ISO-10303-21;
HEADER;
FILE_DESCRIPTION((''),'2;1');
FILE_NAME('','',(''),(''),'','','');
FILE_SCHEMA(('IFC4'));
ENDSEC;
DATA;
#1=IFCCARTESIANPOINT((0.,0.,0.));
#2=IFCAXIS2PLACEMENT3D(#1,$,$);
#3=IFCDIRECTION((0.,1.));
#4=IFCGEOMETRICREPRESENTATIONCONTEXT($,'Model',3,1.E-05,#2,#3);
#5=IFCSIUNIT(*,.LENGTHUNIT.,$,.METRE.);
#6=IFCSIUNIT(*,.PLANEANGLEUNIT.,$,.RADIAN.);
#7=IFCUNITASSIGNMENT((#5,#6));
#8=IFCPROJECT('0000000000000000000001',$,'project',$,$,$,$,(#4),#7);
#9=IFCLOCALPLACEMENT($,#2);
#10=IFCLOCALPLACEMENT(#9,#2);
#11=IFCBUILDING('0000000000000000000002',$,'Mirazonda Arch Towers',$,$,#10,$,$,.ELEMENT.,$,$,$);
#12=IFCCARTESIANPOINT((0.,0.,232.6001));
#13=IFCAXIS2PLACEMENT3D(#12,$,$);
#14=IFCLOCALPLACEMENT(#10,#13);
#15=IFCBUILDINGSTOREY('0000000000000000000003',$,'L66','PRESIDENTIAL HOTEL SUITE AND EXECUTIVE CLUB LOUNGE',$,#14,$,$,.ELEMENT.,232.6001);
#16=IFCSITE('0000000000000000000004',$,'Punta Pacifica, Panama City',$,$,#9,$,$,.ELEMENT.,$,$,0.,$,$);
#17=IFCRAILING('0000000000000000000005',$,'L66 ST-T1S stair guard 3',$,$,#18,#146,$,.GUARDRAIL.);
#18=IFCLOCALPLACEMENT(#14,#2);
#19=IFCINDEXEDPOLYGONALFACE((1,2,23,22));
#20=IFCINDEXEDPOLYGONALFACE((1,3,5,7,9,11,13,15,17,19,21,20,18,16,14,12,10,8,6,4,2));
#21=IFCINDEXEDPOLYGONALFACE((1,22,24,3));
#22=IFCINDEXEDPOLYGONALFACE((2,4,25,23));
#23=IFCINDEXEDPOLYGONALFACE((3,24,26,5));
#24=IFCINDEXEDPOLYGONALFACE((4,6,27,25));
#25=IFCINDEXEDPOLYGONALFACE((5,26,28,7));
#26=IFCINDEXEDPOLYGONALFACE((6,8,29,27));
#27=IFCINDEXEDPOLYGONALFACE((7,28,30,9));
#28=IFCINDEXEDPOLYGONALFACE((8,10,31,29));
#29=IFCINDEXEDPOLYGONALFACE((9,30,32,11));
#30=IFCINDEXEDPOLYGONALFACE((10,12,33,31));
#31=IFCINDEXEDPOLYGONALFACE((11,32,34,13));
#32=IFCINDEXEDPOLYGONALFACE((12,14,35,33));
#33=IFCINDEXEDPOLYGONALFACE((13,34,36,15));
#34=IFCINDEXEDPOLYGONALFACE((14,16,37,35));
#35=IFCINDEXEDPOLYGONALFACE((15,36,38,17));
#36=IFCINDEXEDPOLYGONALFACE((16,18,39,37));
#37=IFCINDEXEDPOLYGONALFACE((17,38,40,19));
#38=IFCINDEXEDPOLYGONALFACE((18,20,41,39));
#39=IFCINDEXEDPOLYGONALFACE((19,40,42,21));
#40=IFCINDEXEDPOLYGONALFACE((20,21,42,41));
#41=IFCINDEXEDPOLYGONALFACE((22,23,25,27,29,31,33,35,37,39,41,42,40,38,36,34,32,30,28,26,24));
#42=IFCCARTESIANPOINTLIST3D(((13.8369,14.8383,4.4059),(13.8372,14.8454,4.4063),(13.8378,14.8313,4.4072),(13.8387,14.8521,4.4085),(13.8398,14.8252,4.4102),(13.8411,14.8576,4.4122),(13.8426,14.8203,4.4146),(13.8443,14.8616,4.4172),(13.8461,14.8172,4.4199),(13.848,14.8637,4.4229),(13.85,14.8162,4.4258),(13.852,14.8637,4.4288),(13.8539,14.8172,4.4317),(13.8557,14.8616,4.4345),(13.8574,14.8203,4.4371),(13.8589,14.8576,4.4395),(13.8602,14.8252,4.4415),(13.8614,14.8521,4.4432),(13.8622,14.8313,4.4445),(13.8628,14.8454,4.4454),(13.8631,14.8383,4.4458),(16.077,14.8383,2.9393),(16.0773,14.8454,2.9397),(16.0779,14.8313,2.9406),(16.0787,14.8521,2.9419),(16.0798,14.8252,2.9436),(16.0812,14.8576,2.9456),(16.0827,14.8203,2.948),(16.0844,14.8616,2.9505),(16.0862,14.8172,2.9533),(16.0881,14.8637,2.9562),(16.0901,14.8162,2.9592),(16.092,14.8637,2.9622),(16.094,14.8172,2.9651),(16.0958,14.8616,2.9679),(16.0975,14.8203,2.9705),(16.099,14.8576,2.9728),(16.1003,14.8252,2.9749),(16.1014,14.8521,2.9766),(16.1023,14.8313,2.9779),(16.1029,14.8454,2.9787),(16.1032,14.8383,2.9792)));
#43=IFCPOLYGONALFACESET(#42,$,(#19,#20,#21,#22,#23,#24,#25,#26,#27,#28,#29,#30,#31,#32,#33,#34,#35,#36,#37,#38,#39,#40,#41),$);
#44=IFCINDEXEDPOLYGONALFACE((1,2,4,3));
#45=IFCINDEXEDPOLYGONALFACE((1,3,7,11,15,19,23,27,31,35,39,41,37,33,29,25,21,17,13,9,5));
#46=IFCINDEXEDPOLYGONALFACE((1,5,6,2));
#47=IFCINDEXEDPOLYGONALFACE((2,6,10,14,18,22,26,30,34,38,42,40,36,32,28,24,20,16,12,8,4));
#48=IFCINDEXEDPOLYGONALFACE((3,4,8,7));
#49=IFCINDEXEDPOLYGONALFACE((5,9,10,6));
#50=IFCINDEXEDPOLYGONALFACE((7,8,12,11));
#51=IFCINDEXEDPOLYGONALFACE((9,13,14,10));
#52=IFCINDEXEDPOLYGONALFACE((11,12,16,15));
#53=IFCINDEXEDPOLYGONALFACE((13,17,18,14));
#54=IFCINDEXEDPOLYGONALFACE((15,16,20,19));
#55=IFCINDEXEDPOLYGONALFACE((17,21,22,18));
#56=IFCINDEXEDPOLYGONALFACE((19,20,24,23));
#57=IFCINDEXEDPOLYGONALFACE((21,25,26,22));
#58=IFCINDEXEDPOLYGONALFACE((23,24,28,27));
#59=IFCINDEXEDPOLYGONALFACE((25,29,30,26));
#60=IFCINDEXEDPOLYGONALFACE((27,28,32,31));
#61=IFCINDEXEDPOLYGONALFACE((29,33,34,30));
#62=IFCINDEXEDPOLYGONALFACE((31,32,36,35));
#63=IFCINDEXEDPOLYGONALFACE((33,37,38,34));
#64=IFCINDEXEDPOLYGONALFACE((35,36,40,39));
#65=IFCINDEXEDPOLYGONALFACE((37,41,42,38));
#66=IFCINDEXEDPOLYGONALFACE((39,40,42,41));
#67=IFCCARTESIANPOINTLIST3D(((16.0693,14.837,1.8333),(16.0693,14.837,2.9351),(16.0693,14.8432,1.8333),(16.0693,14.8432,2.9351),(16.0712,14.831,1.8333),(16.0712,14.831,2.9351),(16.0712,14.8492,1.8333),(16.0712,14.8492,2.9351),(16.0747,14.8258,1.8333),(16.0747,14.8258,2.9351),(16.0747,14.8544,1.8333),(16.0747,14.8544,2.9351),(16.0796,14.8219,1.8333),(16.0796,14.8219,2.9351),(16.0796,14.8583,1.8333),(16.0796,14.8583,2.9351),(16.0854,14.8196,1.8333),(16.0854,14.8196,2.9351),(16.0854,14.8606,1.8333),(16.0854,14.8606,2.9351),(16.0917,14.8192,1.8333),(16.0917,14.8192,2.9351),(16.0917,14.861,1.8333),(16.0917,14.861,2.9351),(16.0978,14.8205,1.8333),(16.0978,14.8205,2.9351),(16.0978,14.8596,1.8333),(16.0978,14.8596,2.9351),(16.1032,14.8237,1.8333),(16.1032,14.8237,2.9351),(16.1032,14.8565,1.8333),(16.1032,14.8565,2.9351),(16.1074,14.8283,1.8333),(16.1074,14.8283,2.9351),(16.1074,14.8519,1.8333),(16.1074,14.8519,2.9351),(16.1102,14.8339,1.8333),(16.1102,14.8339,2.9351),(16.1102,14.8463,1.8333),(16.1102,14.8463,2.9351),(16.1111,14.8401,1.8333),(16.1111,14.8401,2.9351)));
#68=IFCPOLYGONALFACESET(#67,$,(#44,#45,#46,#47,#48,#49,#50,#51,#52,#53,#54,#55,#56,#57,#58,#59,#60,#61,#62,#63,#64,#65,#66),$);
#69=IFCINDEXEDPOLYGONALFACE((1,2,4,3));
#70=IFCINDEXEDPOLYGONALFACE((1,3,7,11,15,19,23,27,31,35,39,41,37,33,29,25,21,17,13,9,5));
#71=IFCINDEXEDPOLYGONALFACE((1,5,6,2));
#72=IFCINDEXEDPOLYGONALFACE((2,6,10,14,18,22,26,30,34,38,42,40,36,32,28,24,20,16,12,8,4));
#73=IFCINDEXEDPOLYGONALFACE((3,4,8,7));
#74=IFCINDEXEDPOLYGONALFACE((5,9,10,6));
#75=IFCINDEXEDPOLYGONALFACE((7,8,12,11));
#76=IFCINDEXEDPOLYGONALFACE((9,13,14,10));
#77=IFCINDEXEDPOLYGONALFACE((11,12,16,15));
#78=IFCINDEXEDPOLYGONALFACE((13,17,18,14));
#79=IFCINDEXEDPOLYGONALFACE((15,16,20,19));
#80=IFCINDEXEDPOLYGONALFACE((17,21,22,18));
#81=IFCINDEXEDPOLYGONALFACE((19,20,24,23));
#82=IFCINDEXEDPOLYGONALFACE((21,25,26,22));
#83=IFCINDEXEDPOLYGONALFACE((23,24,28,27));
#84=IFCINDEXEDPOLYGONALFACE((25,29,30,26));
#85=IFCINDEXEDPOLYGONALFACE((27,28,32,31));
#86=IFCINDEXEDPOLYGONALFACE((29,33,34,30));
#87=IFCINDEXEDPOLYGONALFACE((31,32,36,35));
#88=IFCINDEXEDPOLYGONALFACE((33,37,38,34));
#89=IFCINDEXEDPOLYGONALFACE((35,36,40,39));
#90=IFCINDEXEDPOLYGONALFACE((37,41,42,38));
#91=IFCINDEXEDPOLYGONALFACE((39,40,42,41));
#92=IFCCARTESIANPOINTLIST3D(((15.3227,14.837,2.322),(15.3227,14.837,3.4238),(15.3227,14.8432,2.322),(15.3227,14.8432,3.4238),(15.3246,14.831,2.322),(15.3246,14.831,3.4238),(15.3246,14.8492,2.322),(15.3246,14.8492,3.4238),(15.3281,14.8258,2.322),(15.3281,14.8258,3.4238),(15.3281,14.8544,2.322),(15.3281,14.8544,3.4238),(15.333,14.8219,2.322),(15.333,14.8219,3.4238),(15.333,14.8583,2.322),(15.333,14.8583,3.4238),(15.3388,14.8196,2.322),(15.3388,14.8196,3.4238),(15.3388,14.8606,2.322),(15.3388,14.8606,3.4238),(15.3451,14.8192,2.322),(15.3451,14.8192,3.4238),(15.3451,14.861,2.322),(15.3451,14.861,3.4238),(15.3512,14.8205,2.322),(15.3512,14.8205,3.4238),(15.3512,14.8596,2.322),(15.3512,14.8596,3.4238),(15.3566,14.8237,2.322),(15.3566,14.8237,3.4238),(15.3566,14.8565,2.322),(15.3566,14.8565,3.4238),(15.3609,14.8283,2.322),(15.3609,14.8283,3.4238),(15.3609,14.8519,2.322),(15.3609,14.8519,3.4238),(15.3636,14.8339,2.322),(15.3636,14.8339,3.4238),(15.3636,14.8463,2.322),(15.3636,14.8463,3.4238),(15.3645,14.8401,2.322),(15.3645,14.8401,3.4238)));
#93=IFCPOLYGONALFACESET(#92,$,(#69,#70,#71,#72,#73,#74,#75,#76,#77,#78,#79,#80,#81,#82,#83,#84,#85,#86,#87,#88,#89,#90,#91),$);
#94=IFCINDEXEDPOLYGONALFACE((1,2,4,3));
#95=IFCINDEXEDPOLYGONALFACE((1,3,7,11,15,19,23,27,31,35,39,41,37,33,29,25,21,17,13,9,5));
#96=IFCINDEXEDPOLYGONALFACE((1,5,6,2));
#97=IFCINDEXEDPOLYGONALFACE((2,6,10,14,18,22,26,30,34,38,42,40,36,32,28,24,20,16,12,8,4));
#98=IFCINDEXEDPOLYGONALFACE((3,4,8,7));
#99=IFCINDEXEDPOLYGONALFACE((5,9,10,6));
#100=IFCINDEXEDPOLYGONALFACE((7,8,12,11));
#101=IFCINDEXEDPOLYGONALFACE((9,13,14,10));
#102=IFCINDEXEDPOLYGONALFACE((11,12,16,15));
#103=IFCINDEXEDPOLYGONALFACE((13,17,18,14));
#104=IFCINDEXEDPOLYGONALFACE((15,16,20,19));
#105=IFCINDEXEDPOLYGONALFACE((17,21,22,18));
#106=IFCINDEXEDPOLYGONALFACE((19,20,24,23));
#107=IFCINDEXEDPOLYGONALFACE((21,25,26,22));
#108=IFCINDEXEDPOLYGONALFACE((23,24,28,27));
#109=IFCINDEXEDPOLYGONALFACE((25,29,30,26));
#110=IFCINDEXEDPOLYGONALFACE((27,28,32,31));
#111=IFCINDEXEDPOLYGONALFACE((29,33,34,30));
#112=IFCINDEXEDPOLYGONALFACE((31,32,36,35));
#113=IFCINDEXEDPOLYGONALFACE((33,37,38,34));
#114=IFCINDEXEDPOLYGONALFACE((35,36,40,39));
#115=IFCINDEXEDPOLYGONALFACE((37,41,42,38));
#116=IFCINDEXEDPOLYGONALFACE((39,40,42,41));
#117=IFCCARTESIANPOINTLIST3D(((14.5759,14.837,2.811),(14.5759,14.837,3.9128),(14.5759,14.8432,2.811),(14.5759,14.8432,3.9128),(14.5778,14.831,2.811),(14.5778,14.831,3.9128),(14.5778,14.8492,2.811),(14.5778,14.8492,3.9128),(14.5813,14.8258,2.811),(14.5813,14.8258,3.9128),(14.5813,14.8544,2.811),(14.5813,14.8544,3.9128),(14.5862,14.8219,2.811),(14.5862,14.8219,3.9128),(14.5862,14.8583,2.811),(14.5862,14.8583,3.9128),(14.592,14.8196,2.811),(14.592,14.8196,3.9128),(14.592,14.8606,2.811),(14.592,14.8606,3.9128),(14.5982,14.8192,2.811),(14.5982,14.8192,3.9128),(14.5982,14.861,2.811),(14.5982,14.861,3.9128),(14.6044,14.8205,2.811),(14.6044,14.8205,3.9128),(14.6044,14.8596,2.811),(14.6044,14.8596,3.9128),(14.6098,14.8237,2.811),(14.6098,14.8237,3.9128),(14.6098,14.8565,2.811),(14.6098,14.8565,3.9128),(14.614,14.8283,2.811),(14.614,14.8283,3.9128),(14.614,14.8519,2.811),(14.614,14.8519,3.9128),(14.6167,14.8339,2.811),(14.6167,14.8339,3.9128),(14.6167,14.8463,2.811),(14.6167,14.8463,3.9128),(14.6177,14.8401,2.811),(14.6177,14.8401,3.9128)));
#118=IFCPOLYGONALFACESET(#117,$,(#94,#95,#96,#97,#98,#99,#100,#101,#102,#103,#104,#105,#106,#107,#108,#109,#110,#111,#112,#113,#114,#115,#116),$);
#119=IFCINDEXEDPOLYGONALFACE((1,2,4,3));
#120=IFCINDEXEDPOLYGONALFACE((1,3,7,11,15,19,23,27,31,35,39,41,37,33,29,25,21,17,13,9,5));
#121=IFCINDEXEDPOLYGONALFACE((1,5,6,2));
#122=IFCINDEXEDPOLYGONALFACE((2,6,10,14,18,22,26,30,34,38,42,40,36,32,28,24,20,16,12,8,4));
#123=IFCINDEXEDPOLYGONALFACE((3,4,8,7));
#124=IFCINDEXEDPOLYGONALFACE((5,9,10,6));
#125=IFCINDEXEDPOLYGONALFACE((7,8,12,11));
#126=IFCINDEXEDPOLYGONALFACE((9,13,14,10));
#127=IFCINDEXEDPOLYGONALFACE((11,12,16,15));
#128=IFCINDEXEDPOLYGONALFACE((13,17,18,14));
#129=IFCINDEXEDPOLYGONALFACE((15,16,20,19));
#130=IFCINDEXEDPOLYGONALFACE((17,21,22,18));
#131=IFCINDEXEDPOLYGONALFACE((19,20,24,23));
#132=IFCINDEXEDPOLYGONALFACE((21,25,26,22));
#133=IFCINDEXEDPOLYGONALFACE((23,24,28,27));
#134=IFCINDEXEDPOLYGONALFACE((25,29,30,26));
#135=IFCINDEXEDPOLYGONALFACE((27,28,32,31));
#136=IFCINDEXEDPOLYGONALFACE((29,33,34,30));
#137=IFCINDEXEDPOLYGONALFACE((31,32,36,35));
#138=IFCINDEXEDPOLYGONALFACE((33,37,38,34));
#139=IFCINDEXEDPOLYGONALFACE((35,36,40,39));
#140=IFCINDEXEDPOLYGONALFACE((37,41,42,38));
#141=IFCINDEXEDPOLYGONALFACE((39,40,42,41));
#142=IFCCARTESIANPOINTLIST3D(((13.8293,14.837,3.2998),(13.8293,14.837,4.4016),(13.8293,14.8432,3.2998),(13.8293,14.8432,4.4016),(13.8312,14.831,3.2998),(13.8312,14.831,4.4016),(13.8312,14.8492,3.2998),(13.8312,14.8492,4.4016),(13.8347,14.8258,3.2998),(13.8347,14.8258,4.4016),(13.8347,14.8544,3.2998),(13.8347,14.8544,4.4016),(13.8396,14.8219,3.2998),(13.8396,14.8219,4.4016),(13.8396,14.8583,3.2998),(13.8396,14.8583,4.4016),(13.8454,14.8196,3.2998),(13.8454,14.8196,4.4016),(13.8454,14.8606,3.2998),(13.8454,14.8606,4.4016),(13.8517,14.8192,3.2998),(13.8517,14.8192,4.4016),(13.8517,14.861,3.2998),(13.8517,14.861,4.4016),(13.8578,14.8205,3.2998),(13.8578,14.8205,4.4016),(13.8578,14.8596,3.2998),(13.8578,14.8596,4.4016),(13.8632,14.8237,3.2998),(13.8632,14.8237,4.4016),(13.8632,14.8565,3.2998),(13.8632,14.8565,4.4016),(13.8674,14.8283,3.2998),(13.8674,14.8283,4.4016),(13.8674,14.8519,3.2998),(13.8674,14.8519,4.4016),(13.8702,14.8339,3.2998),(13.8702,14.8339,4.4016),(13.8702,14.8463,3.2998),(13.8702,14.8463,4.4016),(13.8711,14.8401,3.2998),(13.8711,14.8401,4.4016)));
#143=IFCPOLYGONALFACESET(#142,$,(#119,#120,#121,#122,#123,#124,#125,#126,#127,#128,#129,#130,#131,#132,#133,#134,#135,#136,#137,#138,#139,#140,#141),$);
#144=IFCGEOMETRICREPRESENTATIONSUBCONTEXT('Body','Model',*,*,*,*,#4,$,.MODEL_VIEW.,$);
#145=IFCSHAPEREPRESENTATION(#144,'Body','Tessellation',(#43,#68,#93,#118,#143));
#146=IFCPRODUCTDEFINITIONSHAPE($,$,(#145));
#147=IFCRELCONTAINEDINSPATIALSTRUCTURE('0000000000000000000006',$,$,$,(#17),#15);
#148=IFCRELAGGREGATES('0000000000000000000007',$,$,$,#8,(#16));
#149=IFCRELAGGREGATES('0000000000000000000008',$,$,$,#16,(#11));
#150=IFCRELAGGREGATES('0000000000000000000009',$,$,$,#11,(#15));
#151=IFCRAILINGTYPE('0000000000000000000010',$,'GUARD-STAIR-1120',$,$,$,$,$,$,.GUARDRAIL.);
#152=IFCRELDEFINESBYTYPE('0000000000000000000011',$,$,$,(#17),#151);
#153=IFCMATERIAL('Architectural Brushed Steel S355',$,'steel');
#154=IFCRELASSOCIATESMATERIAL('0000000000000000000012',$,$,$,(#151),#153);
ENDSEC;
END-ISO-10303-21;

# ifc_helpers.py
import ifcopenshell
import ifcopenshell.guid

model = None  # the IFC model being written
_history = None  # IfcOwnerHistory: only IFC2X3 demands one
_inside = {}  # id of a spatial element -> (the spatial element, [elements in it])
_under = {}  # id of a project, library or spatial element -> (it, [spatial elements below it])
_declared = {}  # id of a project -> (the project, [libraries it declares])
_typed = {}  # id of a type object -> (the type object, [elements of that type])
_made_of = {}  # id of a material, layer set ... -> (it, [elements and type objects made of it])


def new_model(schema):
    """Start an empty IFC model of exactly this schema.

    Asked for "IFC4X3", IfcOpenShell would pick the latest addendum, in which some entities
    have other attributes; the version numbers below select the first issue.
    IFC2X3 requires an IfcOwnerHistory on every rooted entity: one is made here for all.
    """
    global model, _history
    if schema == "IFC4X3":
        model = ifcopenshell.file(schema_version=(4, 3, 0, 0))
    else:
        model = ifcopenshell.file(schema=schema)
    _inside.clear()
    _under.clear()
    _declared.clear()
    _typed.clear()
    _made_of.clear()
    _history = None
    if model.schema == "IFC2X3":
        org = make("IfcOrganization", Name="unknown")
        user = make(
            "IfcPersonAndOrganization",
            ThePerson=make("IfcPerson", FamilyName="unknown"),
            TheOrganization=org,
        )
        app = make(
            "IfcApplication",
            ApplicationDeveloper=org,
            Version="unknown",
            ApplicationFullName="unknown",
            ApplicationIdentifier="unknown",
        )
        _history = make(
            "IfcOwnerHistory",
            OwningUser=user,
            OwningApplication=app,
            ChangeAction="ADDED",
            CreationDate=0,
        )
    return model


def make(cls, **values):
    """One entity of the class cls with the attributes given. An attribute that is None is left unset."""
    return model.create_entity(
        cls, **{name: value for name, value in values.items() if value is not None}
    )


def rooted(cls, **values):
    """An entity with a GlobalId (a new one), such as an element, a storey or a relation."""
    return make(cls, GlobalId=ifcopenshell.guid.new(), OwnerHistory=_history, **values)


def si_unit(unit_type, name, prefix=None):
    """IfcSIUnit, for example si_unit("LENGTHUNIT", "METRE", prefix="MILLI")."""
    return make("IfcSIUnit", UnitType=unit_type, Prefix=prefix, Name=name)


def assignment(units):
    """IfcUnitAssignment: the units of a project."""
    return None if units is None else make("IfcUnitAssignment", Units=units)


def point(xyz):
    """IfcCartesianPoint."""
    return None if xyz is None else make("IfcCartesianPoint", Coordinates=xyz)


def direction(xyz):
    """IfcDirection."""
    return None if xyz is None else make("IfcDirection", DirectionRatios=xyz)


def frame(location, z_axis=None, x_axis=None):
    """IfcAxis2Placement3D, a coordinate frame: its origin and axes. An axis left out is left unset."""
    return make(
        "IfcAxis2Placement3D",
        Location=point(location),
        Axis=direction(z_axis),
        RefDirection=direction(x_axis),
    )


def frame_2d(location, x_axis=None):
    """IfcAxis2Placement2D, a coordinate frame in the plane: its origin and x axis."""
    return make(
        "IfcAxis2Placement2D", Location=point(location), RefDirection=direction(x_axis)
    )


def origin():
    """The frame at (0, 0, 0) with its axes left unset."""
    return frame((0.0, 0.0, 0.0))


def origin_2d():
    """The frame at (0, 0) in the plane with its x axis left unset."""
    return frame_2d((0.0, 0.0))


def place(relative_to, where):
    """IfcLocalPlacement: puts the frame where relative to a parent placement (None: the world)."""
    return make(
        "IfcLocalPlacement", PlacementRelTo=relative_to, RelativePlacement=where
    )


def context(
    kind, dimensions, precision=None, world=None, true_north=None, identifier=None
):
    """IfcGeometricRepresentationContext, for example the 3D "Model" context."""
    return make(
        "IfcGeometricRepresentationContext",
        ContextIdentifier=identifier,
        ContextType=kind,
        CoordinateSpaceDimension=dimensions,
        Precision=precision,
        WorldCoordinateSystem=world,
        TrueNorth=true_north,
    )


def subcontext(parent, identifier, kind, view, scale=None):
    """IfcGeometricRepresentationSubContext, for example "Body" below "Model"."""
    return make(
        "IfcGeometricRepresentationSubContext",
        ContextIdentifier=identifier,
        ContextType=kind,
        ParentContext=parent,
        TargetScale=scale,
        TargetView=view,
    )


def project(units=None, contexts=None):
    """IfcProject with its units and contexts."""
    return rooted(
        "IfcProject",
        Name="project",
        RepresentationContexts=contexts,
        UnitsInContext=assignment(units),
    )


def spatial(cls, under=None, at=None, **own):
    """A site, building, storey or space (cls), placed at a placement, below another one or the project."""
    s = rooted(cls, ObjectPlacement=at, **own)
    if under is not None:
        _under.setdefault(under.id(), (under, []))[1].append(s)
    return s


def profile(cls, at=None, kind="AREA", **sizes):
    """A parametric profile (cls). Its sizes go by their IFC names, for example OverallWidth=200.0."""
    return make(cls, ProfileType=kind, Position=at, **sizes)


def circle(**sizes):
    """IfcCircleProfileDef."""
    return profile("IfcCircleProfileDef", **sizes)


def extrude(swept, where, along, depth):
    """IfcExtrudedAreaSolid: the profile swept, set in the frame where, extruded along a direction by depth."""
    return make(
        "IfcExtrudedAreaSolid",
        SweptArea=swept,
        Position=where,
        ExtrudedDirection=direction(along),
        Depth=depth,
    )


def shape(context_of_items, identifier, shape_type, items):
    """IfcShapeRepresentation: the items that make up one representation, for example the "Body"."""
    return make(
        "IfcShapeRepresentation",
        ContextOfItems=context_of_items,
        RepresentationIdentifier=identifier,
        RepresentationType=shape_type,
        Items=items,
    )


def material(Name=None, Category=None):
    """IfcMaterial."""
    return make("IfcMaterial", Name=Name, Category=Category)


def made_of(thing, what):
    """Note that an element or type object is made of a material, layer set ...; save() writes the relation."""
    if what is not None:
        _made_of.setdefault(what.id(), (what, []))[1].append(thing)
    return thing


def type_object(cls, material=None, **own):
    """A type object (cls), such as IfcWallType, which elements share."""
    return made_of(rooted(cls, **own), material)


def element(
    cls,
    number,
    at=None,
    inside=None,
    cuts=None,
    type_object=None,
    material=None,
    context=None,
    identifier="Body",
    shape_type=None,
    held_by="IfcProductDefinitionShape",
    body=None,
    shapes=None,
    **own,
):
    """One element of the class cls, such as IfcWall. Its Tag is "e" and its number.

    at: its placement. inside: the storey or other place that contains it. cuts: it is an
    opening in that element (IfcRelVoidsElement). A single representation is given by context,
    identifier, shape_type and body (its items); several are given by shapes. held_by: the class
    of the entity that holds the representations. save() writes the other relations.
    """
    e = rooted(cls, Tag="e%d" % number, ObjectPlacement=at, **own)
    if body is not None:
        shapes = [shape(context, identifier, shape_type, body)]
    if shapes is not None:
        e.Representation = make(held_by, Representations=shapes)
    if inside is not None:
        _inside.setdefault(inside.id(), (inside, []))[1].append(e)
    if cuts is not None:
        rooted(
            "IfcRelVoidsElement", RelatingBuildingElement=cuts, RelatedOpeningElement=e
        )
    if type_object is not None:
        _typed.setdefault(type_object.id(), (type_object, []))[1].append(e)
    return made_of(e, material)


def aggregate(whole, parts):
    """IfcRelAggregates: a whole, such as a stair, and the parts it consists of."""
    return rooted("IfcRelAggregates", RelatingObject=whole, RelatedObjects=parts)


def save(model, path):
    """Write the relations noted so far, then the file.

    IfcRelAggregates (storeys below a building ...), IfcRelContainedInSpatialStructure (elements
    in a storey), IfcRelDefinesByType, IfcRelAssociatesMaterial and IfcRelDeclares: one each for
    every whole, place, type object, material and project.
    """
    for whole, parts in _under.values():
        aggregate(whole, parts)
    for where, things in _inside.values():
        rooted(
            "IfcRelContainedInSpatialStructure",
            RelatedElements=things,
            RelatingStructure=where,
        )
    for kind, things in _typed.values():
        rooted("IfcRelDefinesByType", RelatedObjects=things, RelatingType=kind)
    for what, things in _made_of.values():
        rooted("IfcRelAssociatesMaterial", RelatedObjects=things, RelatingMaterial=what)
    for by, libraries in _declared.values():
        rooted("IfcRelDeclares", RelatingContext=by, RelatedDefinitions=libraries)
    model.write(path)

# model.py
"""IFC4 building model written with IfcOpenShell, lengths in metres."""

from ifc_helpers import new_model, si_unit, direction, frame, origin, origin_2d, place, context, subcontext, project, spatial, circle, extrude, material, type_object, element, save


model = new_model("IFC4")

# Units and contexts
model_context = context("Model", 3, precision=1e-05, world=origin(), true_north=direction((0.0, 1.0)))
body_context = subcontext(model_context, "Body", "Model", "MODEL_VIEW")
ifc_project = project(units=[si_unit("LENGTHUNIT", "METRE"), si_unit("PLANEANGLEUNIT", "RADIAN")], contexts=[model_context])

# Site, building, storey
site_placement = place(None, origin())
site = spatial("IfcSite", under=ifc_project, at=site_placement, Name="Punta Pacifica, Panama City", CompositionType="ELEMENT", RefElevation=0.0)
building_placement = place(site_placement, origin())
building = spatial("IfcBuilding", under=site, at=building_placement, Name="Mirazonda Arch Towers", CompositionType="ELEMENT")
storey_placement = place(building_placement, frame((0.0, 0.0, 232.6001)))
storey = spatial("IfcBuildingStorey", under=building, at=storey_placement, Name="L66", Description="PRESIDENTIAL HOTEL SUITE AND EXECUTIVE CLUB LOUNGE", CompositionType="ELEMENT", Elevation=232.6001)

# Shared definitions
ifc_material_1 = material(Name="Architectural Brushed Steel S355", Category="steel")

# Railing
railing_type_1 = type_object("IfcRailingType", Name="GUARD-STAIR-1120", PredefinedType="GUARDRAIL", material=ifc_material_1)
railing_1_placement = place(storey_placement, frame((16.0901, 14.8401, 1.8333)))
element("IfcRailing", 1, at=railing_1_placement, inside=storey, type_object=railing_type_1, Name="L66 ST-T1S stair guard 3", PredefinedType="GUARDRAIL", context=body_context, shape_type="SweptSolid", body=[
    extrude(circle(Radius=0.0239, at=origin_2d()), frame((0.0, 0.0, 1.126), z_axis=(-0.836637, 0.0, 0.547758), x_axis=(0.0, -1.0, 0.0)), (0.0, 0.0, 1.0), 2.6775),
    extrude(circle(Radius=0.021, at=origin_2d()), origin(), (0.0, 0.0, 1.0), 1.1018),
    extrude(circle(Radius=0.021, at=origin_2d()), frame((-0.7466, 0.0, 0.4888)), (0.0, 0.0, 1.0), 1.1018),
    extrude(circle(Radius=0.021, at=origin_2d()), frame((-1.4934, 0.0, 0.9778)), (0.0, 0.0, 1.0), 1.1018),
    extrude(circle(Radius=0.021, at=origin_2d()), frame((-2.24, 0.0, 1.4666)), (0.0, 0.0, 1.0), 1.1018),
])

save(model, "model.ifc")
